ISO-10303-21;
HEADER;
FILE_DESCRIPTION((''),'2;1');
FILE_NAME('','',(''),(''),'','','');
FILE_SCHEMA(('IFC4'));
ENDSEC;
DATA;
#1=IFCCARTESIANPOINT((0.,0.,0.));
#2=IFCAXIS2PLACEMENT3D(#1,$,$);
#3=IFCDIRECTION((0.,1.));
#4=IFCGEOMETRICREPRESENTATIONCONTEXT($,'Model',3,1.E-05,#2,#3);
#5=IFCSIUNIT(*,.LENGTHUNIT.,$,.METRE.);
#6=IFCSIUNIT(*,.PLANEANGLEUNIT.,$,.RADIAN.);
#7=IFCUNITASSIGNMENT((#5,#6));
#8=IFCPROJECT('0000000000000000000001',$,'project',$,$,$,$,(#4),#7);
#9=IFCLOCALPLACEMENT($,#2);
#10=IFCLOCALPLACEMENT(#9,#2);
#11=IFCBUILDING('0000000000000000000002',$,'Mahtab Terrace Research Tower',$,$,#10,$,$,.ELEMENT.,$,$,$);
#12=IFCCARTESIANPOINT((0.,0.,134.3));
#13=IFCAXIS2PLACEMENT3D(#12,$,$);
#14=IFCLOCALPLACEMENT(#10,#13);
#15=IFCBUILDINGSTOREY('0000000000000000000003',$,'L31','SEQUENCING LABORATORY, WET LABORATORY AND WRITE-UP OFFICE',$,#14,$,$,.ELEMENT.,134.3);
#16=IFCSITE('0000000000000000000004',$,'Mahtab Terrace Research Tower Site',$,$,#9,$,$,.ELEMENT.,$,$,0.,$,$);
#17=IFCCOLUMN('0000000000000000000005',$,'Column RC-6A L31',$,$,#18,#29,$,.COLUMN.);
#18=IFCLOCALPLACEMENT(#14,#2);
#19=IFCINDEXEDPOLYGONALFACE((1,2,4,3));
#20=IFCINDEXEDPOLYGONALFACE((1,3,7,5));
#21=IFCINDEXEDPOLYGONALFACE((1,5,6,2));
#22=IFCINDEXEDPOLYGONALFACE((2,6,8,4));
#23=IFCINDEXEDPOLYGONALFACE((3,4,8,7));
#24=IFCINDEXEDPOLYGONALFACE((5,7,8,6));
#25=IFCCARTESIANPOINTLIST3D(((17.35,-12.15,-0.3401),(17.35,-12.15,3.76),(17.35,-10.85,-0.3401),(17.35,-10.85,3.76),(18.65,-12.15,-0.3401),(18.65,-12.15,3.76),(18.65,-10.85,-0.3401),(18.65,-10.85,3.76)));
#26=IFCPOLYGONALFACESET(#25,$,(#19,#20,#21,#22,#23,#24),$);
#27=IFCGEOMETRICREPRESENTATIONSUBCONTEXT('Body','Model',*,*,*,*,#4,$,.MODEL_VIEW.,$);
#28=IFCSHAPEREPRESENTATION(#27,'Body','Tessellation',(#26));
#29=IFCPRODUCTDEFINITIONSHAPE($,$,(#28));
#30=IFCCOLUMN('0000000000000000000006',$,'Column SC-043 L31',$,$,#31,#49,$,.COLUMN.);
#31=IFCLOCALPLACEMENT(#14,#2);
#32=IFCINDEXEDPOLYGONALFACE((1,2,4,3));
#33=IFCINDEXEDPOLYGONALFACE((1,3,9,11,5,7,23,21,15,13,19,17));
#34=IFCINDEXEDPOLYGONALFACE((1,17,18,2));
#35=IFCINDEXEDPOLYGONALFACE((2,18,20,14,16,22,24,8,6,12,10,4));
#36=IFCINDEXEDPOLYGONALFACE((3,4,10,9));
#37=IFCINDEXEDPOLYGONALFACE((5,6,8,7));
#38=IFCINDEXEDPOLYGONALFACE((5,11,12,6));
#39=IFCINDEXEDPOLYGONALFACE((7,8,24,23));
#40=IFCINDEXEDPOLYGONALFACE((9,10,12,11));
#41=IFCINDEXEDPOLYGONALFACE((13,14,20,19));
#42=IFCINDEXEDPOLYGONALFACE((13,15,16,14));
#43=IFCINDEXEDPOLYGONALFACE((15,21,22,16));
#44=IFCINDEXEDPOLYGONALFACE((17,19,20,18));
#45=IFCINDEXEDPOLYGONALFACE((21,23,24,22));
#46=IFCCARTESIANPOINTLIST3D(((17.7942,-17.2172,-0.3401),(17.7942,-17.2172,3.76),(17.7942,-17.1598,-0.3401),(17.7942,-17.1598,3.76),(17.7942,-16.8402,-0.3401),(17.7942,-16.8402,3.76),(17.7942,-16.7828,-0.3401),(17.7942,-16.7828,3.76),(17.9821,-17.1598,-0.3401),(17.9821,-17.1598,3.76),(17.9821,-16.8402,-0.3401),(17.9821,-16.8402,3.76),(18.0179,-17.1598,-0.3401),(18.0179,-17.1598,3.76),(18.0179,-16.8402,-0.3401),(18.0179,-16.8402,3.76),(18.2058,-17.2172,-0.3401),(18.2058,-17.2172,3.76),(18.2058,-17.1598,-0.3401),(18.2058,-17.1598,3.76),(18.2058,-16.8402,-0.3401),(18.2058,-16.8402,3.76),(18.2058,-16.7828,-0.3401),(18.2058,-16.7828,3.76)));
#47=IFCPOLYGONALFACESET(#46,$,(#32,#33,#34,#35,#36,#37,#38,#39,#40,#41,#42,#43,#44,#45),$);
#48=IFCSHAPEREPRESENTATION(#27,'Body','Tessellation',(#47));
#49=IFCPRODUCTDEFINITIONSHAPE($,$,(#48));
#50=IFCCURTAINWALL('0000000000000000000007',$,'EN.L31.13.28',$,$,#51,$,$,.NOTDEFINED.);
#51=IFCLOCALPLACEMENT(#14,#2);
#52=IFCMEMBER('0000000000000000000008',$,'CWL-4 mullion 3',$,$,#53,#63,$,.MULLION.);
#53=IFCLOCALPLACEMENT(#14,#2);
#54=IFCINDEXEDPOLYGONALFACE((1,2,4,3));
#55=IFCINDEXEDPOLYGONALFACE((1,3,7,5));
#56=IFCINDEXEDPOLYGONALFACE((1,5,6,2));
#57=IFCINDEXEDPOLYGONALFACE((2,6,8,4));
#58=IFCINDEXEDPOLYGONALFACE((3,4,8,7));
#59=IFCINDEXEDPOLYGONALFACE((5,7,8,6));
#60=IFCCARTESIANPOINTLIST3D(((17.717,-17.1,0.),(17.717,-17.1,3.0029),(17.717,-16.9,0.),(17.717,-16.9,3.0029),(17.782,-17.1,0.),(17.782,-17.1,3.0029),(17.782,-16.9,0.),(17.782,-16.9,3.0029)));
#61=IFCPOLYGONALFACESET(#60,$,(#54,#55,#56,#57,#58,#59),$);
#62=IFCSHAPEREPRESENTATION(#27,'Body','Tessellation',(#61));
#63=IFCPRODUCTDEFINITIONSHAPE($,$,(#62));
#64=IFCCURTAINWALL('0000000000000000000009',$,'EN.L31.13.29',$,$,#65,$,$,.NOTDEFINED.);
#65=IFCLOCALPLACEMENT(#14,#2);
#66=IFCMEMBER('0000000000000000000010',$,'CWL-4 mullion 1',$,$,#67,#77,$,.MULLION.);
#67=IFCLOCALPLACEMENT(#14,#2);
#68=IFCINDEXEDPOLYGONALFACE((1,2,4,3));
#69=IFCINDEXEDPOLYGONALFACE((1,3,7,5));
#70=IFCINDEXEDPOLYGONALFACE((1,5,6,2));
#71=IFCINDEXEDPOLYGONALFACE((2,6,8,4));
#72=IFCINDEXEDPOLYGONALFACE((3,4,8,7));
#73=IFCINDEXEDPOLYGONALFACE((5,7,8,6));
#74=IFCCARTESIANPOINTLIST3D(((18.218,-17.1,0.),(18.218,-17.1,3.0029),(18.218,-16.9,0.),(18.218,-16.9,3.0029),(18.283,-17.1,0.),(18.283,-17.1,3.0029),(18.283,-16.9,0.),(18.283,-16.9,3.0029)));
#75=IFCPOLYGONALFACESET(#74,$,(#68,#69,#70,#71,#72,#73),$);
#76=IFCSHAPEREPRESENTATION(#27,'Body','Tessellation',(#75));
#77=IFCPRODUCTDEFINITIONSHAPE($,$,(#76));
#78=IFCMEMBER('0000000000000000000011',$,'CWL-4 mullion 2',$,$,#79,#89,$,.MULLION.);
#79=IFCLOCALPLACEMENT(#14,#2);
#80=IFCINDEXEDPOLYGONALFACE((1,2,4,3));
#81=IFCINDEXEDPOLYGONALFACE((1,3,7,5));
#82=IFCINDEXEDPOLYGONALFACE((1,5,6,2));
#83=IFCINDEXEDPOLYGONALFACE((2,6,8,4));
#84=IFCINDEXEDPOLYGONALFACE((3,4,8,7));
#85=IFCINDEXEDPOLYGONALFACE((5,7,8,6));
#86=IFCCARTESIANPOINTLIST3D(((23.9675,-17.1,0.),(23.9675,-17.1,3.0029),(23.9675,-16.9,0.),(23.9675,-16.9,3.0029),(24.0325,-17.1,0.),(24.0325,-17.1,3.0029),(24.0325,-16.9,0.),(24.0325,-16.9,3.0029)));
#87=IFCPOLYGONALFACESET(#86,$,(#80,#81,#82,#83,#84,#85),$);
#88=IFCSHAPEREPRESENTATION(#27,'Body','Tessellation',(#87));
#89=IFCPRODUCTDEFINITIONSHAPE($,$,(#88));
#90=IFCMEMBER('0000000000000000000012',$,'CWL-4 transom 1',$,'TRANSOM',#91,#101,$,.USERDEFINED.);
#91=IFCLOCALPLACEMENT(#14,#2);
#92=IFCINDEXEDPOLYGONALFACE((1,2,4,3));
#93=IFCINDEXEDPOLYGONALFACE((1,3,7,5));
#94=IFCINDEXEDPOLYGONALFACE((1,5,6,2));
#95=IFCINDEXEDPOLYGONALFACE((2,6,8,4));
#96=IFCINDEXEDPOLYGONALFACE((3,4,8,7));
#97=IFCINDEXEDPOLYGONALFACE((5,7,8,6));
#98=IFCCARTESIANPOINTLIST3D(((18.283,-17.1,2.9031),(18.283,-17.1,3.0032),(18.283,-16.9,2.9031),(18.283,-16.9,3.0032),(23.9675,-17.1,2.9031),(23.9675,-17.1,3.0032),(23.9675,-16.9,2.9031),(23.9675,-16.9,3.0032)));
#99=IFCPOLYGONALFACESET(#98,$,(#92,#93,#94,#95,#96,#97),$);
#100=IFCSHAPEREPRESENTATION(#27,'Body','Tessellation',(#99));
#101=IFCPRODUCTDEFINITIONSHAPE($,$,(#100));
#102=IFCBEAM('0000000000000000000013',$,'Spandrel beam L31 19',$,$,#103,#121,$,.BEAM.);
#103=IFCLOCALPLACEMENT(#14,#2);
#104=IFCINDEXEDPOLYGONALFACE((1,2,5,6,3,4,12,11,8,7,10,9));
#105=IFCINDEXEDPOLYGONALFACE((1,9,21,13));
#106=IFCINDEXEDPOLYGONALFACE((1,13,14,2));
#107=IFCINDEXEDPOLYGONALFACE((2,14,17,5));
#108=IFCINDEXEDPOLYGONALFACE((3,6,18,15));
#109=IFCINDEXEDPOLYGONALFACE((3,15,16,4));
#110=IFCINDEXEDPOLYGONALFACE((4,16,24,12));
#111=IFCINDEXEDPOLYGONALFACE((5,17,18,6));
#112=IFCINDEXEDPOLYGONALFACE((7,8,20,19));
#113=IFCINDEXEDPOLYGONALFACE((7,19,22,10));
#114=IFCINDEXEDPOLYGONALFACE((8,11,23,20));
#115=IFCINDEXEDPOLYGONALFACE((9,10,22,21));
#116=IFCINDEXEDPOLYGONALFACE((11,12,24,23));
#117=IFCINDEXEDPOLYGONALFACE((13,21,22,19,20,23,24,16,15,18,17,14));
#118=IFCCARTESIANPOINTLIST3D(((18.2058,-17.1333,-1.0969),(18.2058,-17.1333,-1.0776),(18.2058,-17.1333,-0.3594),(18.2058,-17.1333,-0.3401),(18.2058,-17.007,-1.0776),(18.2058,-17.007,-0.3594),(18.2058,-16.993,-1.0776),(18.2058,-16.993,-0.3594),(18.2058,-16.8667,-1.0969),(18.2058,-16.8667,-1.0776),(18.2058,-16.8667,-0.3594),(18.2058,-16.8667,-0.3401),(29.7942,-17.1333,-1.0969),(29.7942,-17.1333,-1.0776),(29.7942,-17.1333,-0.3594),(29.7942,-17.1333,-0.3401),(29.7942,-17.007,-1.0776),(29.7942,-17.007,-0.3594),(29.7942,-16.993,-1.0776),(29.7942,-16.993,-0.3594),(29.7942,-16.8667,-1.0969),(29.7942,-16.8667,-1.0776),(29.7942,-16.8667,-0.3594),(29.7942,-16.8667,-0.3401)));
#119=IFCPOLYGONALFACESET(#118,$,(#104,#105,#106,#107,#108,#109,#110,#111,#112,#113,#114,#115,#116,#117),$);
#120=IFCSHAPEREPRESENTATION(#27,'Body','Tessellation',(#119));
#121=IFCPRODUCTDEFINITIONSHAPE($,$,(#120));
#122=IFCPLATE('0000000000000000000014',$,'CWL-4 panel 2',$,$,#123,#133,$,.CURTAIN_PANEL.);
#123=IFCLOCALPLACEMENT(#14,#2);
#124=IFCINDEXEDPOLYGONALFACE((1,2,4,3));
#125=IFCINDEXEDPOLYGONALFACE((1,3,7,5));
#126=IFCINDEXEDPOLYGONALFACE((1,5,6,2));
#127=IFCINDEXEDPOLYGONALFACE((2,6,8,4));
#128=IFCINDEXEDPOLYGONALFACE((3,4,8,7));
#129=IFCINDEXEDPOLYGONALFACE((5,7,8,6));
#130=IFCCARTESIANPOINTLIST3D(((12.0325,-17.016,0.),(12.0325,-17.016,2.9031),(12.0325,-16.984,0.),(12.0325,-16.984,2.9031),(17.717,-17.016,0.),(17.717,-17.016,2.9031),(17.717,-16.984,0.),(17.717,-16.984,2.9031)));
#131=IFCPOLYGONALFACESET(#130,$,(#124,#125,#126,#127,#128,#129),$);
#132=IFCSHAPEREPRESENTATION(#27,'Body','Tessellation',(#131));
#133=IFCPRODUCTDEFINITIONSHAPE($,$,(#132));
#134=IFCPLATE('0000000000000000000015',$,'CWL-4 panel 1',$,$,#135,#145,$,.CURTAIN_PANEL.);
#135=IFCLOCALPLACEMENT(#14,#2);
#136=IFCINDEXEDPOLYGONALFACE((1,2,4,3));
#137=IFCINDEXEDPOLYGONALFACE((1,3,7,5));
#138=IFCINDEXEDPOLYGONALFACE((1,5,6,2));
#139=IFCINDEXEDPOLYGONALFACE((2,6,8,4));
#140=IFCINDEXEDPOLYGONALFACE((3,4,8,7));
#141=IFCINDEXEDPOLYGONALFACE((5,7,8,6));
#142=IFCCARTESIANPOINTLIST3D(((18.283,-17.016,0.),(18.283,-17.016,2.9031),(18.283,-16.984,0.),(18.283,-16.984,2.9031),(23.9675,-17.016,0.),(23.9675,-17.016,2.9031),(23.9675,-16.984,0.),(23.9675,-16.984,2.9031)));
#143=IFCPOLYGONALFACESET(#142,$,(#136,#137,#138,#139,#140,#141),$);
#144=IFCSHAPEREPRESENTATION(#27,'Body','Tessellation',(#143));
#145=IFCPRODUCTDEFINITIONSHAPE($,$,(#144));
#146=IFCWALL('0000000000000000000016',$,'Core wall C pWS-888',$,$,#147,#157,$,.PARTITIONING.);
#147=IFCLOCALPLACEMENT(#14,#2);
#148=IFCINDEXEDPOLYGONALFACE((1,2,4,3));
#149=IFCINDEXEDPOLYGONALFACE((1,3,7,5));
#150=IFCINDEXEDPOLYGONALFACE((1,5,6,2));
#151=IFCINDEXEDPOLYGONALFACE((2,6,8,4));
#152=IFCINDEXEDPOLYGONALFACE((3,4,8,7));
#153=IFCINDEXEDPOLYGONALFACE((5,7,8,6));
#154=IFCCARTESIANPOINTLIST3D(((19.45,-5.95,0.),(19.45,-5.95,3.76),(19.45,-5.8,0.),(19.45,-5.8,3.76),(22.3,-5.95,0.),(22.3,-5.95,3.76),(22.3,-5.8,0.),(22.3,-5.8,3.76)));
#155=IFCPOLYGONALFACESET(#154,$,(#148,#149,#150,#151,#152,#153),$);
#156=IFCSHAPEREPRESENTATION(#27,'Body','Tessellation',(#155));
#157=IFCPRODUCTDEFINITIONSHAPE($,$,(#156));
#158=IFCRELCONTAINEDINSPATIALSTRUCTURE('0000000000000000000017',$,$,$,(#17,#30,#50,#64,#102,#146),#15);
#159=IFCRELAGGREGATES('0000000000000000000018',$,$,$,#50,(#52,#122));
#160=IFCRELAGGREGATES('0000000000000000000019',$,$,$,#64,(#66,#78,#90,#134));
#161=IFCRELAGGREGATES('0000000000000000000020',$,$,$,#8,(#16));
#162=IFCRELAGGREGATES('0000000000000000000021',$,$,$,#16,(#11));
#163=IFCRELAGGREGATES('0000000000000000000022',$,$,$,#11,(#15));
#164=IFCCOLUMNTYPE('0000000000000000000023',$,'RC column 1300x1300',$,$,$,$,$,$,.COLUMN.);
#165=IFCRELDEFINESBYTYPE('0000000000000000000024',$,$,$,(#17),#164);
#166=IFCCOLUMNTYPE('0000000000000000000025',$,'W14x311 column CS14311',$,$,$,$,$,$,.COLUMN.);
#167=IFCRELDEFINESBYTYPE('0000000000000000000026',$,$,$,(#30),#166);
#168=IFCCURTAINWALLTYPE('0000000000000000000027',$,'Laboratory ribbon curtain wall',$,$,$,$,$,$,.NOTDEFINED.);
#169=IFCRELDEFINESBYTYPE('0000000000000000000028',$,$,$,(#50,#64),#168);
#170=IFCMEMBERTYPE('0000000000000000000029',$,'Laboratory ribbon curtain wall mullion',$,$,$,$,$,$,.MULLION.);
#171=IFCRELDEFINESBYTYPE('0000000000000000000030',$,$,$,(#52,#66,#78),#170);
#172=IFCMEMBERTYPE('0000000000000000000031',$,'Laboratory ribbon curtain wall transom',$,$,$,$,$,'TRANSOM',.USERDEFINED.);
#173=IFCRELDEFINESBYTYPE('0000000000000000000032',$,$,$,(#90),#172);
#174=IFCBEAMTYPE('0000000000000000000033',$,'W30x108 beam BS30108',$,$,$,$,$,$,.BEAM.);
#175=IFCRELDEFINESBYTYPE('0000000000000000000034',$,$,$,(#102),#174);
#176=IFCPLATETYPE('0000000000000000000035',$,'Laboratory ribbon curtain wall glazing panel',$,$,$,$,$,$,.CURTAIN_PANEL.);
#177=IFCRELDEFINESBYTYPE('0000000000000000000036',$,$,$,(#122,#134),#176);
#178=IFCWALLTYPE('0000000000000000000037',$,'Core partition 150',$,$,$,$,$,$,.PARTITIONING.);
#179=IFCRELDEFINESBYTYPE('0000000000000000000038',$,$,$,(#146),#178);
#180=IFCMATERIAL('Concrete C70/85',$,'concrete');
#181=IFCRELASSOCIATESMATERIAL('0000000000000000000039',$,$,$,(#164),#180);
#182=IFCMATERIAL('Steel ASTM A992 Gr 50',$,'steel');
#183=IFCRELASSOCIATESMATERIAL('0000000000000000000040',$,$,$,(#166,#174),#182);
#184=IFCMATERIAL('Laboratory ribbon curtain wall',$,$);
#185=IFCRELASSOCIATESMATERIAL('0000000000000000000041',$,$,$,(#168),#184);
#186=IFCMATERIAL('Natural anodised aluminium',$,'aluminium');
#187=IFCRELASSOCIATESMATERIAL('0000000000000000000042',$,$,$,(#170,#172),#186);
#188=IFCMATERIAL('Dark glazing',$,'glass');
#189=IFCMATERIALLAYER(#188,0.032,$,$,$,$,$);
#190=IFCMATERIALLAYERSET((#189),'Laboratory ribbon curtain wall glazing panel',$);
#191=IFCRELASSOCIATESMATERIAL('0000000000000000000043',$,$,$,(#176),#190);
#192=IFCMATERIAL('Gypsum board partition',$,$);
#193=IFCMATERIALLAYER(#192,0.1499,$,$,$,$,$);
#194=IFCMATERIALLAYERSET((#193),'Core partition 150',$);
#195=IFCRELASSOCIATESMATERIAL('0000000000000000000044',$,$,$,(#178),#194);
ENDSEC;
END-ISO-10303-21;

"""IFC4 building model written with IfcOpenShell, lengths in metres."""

from ifc_helpers import new_model, si_unit, direction, frame, frame_2d, origin, origin_2d, place, context, subcontext, project, spatial, rectangle, i_section, extrude, material, layer, layer_set, material_profile, profile_set, type_object, element, aggregate, save


model = new_model("IFC4")

# Units and contexts
model_context = context("Model", 3, precision=1e-05, world=origin(), true_north=direction((0.0, 1.0)))
body_context = subcontext(model_context, "Body", "Model", "MODEL_VIEW")
ifc_project = project(units=[si_unit("LENGTHUNIT", "METRE"), si_unit("PLANEANGLEUNIT", "RADIAN")], contexts=[model_context])

# Site, building, storey
site_placement = place(None, origin())
site = spatial("IfcSite", under=ifc_project, at=site_placement, Name="Mahtab Terrace Research Tower Site", CompositionType="ELEMENT", RefElevation=0.0)
building_placement = place(site_placement, origin())
building = spatial("IfcBuilding", under=site, at=building_placement, Name="Mahtab Terrace Research Tower", CompositionType="ELEMENT")
storey_placement = place(building_placement, frame((0.0, 0.0, 134.3)))
storey = spatial("IfcBuildingStorey", under=building, at=storey_placement, Name="L31", Description="SEQUENCING LABORATORY, WET LABORATORY AND WRITE-UP OFFICE", CompositionType="ELEMENT", Elevation=134.3)

# Columns
ifc_material_1 = material(Name="Concrete C70/85", Category="concrete")
ifc_material_profile_1 = material_profile(ifc_material_1, rectangle(XDim=1.3, YDim=1.3, at=origin_2d()), Name="RC column 1300x1300")
ifc_profile_set_1 = profile_set([ifc_material_profile_1], Name="Concrete C70/85")
column_type_1 = type_object("IfcColumnType", Name="RC column 1300x1300", PredefinedType="COLUMN", material=ifc_profile_set_1)
column_1_placement = place(storey_placement, frame((18.0, -11.5, -0.3401), z_axis=(0.0, 0.0, 1.0), x_axis=(1.0, 0.0, 0.0)))
element("IfcColumn", 1, at=column_1_placement, inside=storey, type_object=column_type_1, Name="Column RC-6A L31", PredefinedType="COLUMN", context=body_context, shape_type="SweptSolid", body=[
    extrude(rectangle(XDim=1.3, YDim=1.3, at=origin_2d()), origin(), (0.0, 0.0, 1.0), 4.1001),
])
ifc_material_2 = material(Name="Steel ASTM A992 Gr 50", Category="steel")
ifc_material_profile_2 = material_profile(ifc_material_2, i_section(OverallWidth=0.4116, OverallDepth=0.4343, WebThickness=0.0359, FlangeThickness=0.0574, at=origin_2d()), Name="W14X311")
ifc_profile_set_2 = profile_set([ifc_material_profile_2], Name="Steel ASTM A992 Gr 50")
column_type_2 = type_object("IfcColumnType", Name="W14x311 column CS14311", PredefinedType="COLUMN", material=ifc_profile_set_2)
column_2_placement = place(storey_placement, frame((18.0, -17.0, -0.3401), z_axis=(0.0, 0.0, 1.0), x_axis=(1.0, 0.0, 0.0)))
element("IfcColumn", 2, at=column_2_placement, inside=storey, type_object=column_type_2, Name="Column SC-043 L31", PredefinedType="COLUMN", context=body_context, shape_type="SweptSolid", body=[
    extrude(i_section(OverallWidth=0.4116, OverallDepth=0.4343, WebThickness=0.0359, FlangeThickness=0.0574, at=origin_2d()), origin(), (0.0, 0.0, 1.0), 4.1001),
])

# Curtain wall, member
ifc_material_3 = material(Name="Laboratory ribbon curtain wall")
curtain_wall_type = type_object("IfcCurtainWallType", Name="Laboratory ribbon curtain wall", PredefinedType="NOTDEFINED", material=ifc_material_3)
curtain_wall_1_placement = place(storey_placement, origin())
curtain_wall_1 = element("IfcCurtainWall", 3, at=curtain_wall_1_placement, inside=storey, type_object=curtain_wall_type, Name="EN.L31.13.28", PredefinedType="NOTDEFINED")
ifc_material_4 = material(Name="Natural anodised aluminium", Category="aluminium")
ifc_material_profile_3 = material_profile(ifc_material_4, rectangle(XDim=0.2, YDim=0.0649, at=origin_2d()), Name="MULLION 65x200")
ifc_profile_set_3 = profile_set([ifc_material_profile_3], Name="Natural anodised aluminium")
member_type_1 = type_object("IfcMemberType", Name="Laboratory ribbon curtain wall mullion", PredefinedType="MULLION", material=ifc_profile_set_3)
member_1_placement = place(storey_placement, frame((17.7495, -17.0, 0.0), z_axis=(0.0, 0.0, 1.0), x_axis=(0.0, 1.0, 0.0)))
member_1 = element("IfcMember", 4, at=member_1_placement, type_object=member_type_1, Name="CWL-4 mullion 3", PredefinedType="MULLION", context=body_context, shape_type="SweptSolid", body=[
    extrude(rectangle(XDim=0.2, YDim=0.0649, at=origin_2d()), origin(), (0.0, 0.0, 1.0), 3.0029),
])

# Curtain wall, members
curtain_wall_2_placement = place(storey_placement, origin())
curtain_wall_2 = element("IfcCurtainWall", 5, at=curtain_wall_2_placement, inside=storey, type_object=curtain_wall_type, Name="EN.L31.13.29", PredefinedType="NOTDEFINED")
member_2_placement = place(storey_placement, frame((18.2505, -17.0, 0.0), z_axis=(0.0, 0.0, 1.0), x_axis=(0.0, 1.0, 0.0)))
member_2 = element("IfcMember", 6, at=member_2_placement, type_object=member_type_1, Name="CWL-4 mullion 1", PredefinedType="MULLION", context=body_context, shape_type="SweptSolid", body=[
    extrude(rectangle(XDim=0.2, YDim=0.0649, at=origin_2d()), origin(), (0.0, 0.0, 1.0), 3.0029),
])
member_3_placement = place(storey_placement, frame((24.0, -17.0, 0.0), z_axis=(0.0, 0.0, 1.0), x_axis=(0.0, 1.0, 0.0)))
member_3 = element("IfcMember", 7, at=member_3_placement, type_object=member_type_1, Name="CWL-4 mullion 2", PredefinedType="MULLION", context=body_context, shape_type="SweptSolid", body=[
    extrude(rectangle(XDim=0.2, YDim=0.0649, at=origin_2d()), origin(), (0.0, 0.0, 1.0), 3.0029),
])
ifc_material_profile_4 = material_profile(ifc_material_4, rectangle(XDim=0.2, YDim=0.1001, at=origin_2d()), Name="TRANSOM 100x200")
ifc_profile_set_4 = profile_set([ifc_material_profile_4], Name="Natural anodised aluminium")
member_type_2 = type_object("IfcMemberType", Name="Laboratory ribbon curtain wall transom", ElementType="TRANSOM", PredefinedType="USERDEFINED", material=ifc_profile_set_4)
member_4_placement = place(storey_placement, frame((18.283, -17.0, 2.9531), z_axis=(1.0, 0.0, 0.0), x_axis=(0.0, 1.0, 0.0)))
member_4 = element("IfcMember", 8, at=member_4_placement, type_object=member_type_2, Name="CWL-4 transom 1", ObjectType="TRANSOM", PredefinedType="USERDEFINED", context=body_context, shape_type="SweptSolid", body=[
    extrude(rectangle(XDim=0.2, YDim=0.1001, at=origin_2d()), origin(), (0.0, 0.0, 1.0), 5.6846),
])

# Beam
ifc_material_profile_5 = material_profile(ifc_material_2, i_section(OverallWidth=0.2666, OverallDepth=0.7568, WebThickness=0.0139, FlangeThickness=0.0193, at=origin_2d()), Name="W30X108")
ifc_profile_set_5 = profile_set([ifc_material_profile_5], Name="Steel ASTM A992 Gr 50")
beam_type = type_object("IfcBeamType", Name="W30x108 beam BS30108", PredefinedType="BEAM", material=ifc_profile_set_5)
beam_placement = place(storey_placement, frame((18.2058, -17.0, -0.7185), z_axis=(1.0, 0.0, 0.0), x_axis=(0.0, 1.0, 0.0)))
element("IfcBeam", 9, at=beam_placement, inside=storey, type_object=beam_type, Name="Spandrel beam L31 19", PredefinedType="BEAM", context=body_context, shape_type="SweptSolid", body=[
    extrude(i_section(OverallWidth=0.2666, OverallDepth=0.7568, WebThickness=0.0139, FlangeThickness=0.0193, at=origin_2d()), origin(), (0.0, 0.0, 1.0), 11.5884),
])

# Plates
ifc_material_5 = material(Name="Dark glazing", Category="glass")
ifc_layer_1 = layer(ifc_material_5, 0.032)
ifc_layer_set_1 = layer_set([ifc_layer_1], Name="Laboratory ribbon curtain wall glazing panel")
plate_type = type_object("IfcPlateType", Name="Laboratory ribbon curtain wall glazing panel", PredefinedType="CURTAIN_PANEL", material=ifc_layer_set_1)
plate_1_placement = place(storey_placement, frame((14.8748, -17.0, 0.0), z_axis=(0.0, 0.0, 1.0), x_axis=(1.0, 0.0, 0.0)))
plate_1 = element("IfcPlate", 10, at=plate_1_placement, type_object=plate_type, Name="CWL-4 panel 2", PredefinedType="CURTAIN_PANEL", context=body_context, shape_type="SweptSolid", body=[
    extrude(rectangle(XDim=5.6846, YDim=0.032, at=origin_2d()), origin(), (0.0, 0.0, 1.0), 2.9031),
])
aggregate(curtain_wall_1, [member_1, plate_1])
plate_2_placement = place(storey_placement, frame((21.1252, -17.0, 0.0), z_axis=(0.0, 0.0, 1.0), x_axis=(1.0, 0.0, 0.0)))
plate_2 = element("IfcPlate", 11, at=plate_2_placement, type_object=plate_type, Name="CWL-4 panel 1", PredefinedType="CURTAIN_PANEL", context=body_context, shape_type="SweptSolid", body=[
    extrude(rectangle(XDim=5.6846, YDim=0.032, at=origin_2d()), origin(), (0.0, 0.0, 1.0), 2.9031),
])
aggregate(curtain_wall_2, [member_2, member_3, member_4, plate_2])

# Wall
ifc_material_6 = material(Name="Gypsum board partition")
ifc_layer_2 = layer(ifc_material_6, 0.1499)
ifc_layer_set_2 = layer_set([ifc_layer_2], Name="Core partition 150")
wall_type_1 = type_object("IfcWallType", Name="Core partition 150", PredefinedType="PARTITIONING", material=ifc_layer_set_2)
wall_1_placement = place(storey_placement, frame((19.45, -5.875, 0.0), z_axis=(0.0, 0.0, 1.0), x_axis=(1.0, 0.0, 0.0)))
element("IfcWall", 12, at=wall_1_placement, inside=storey, type_object=wall_type_1, Name="Core wall C pWS-888", PredefinedType="PARTITIONING", context=body_context, shape_type="SweptSolid", body=[
    extrude(rectangle(XDim=2.8501, YDim=0.1499, at=frame_2d((1.425, 0.0))), origin(), (0.0, 0.0, 1.0), 3.76),
])

save(model, "model.ifc")
